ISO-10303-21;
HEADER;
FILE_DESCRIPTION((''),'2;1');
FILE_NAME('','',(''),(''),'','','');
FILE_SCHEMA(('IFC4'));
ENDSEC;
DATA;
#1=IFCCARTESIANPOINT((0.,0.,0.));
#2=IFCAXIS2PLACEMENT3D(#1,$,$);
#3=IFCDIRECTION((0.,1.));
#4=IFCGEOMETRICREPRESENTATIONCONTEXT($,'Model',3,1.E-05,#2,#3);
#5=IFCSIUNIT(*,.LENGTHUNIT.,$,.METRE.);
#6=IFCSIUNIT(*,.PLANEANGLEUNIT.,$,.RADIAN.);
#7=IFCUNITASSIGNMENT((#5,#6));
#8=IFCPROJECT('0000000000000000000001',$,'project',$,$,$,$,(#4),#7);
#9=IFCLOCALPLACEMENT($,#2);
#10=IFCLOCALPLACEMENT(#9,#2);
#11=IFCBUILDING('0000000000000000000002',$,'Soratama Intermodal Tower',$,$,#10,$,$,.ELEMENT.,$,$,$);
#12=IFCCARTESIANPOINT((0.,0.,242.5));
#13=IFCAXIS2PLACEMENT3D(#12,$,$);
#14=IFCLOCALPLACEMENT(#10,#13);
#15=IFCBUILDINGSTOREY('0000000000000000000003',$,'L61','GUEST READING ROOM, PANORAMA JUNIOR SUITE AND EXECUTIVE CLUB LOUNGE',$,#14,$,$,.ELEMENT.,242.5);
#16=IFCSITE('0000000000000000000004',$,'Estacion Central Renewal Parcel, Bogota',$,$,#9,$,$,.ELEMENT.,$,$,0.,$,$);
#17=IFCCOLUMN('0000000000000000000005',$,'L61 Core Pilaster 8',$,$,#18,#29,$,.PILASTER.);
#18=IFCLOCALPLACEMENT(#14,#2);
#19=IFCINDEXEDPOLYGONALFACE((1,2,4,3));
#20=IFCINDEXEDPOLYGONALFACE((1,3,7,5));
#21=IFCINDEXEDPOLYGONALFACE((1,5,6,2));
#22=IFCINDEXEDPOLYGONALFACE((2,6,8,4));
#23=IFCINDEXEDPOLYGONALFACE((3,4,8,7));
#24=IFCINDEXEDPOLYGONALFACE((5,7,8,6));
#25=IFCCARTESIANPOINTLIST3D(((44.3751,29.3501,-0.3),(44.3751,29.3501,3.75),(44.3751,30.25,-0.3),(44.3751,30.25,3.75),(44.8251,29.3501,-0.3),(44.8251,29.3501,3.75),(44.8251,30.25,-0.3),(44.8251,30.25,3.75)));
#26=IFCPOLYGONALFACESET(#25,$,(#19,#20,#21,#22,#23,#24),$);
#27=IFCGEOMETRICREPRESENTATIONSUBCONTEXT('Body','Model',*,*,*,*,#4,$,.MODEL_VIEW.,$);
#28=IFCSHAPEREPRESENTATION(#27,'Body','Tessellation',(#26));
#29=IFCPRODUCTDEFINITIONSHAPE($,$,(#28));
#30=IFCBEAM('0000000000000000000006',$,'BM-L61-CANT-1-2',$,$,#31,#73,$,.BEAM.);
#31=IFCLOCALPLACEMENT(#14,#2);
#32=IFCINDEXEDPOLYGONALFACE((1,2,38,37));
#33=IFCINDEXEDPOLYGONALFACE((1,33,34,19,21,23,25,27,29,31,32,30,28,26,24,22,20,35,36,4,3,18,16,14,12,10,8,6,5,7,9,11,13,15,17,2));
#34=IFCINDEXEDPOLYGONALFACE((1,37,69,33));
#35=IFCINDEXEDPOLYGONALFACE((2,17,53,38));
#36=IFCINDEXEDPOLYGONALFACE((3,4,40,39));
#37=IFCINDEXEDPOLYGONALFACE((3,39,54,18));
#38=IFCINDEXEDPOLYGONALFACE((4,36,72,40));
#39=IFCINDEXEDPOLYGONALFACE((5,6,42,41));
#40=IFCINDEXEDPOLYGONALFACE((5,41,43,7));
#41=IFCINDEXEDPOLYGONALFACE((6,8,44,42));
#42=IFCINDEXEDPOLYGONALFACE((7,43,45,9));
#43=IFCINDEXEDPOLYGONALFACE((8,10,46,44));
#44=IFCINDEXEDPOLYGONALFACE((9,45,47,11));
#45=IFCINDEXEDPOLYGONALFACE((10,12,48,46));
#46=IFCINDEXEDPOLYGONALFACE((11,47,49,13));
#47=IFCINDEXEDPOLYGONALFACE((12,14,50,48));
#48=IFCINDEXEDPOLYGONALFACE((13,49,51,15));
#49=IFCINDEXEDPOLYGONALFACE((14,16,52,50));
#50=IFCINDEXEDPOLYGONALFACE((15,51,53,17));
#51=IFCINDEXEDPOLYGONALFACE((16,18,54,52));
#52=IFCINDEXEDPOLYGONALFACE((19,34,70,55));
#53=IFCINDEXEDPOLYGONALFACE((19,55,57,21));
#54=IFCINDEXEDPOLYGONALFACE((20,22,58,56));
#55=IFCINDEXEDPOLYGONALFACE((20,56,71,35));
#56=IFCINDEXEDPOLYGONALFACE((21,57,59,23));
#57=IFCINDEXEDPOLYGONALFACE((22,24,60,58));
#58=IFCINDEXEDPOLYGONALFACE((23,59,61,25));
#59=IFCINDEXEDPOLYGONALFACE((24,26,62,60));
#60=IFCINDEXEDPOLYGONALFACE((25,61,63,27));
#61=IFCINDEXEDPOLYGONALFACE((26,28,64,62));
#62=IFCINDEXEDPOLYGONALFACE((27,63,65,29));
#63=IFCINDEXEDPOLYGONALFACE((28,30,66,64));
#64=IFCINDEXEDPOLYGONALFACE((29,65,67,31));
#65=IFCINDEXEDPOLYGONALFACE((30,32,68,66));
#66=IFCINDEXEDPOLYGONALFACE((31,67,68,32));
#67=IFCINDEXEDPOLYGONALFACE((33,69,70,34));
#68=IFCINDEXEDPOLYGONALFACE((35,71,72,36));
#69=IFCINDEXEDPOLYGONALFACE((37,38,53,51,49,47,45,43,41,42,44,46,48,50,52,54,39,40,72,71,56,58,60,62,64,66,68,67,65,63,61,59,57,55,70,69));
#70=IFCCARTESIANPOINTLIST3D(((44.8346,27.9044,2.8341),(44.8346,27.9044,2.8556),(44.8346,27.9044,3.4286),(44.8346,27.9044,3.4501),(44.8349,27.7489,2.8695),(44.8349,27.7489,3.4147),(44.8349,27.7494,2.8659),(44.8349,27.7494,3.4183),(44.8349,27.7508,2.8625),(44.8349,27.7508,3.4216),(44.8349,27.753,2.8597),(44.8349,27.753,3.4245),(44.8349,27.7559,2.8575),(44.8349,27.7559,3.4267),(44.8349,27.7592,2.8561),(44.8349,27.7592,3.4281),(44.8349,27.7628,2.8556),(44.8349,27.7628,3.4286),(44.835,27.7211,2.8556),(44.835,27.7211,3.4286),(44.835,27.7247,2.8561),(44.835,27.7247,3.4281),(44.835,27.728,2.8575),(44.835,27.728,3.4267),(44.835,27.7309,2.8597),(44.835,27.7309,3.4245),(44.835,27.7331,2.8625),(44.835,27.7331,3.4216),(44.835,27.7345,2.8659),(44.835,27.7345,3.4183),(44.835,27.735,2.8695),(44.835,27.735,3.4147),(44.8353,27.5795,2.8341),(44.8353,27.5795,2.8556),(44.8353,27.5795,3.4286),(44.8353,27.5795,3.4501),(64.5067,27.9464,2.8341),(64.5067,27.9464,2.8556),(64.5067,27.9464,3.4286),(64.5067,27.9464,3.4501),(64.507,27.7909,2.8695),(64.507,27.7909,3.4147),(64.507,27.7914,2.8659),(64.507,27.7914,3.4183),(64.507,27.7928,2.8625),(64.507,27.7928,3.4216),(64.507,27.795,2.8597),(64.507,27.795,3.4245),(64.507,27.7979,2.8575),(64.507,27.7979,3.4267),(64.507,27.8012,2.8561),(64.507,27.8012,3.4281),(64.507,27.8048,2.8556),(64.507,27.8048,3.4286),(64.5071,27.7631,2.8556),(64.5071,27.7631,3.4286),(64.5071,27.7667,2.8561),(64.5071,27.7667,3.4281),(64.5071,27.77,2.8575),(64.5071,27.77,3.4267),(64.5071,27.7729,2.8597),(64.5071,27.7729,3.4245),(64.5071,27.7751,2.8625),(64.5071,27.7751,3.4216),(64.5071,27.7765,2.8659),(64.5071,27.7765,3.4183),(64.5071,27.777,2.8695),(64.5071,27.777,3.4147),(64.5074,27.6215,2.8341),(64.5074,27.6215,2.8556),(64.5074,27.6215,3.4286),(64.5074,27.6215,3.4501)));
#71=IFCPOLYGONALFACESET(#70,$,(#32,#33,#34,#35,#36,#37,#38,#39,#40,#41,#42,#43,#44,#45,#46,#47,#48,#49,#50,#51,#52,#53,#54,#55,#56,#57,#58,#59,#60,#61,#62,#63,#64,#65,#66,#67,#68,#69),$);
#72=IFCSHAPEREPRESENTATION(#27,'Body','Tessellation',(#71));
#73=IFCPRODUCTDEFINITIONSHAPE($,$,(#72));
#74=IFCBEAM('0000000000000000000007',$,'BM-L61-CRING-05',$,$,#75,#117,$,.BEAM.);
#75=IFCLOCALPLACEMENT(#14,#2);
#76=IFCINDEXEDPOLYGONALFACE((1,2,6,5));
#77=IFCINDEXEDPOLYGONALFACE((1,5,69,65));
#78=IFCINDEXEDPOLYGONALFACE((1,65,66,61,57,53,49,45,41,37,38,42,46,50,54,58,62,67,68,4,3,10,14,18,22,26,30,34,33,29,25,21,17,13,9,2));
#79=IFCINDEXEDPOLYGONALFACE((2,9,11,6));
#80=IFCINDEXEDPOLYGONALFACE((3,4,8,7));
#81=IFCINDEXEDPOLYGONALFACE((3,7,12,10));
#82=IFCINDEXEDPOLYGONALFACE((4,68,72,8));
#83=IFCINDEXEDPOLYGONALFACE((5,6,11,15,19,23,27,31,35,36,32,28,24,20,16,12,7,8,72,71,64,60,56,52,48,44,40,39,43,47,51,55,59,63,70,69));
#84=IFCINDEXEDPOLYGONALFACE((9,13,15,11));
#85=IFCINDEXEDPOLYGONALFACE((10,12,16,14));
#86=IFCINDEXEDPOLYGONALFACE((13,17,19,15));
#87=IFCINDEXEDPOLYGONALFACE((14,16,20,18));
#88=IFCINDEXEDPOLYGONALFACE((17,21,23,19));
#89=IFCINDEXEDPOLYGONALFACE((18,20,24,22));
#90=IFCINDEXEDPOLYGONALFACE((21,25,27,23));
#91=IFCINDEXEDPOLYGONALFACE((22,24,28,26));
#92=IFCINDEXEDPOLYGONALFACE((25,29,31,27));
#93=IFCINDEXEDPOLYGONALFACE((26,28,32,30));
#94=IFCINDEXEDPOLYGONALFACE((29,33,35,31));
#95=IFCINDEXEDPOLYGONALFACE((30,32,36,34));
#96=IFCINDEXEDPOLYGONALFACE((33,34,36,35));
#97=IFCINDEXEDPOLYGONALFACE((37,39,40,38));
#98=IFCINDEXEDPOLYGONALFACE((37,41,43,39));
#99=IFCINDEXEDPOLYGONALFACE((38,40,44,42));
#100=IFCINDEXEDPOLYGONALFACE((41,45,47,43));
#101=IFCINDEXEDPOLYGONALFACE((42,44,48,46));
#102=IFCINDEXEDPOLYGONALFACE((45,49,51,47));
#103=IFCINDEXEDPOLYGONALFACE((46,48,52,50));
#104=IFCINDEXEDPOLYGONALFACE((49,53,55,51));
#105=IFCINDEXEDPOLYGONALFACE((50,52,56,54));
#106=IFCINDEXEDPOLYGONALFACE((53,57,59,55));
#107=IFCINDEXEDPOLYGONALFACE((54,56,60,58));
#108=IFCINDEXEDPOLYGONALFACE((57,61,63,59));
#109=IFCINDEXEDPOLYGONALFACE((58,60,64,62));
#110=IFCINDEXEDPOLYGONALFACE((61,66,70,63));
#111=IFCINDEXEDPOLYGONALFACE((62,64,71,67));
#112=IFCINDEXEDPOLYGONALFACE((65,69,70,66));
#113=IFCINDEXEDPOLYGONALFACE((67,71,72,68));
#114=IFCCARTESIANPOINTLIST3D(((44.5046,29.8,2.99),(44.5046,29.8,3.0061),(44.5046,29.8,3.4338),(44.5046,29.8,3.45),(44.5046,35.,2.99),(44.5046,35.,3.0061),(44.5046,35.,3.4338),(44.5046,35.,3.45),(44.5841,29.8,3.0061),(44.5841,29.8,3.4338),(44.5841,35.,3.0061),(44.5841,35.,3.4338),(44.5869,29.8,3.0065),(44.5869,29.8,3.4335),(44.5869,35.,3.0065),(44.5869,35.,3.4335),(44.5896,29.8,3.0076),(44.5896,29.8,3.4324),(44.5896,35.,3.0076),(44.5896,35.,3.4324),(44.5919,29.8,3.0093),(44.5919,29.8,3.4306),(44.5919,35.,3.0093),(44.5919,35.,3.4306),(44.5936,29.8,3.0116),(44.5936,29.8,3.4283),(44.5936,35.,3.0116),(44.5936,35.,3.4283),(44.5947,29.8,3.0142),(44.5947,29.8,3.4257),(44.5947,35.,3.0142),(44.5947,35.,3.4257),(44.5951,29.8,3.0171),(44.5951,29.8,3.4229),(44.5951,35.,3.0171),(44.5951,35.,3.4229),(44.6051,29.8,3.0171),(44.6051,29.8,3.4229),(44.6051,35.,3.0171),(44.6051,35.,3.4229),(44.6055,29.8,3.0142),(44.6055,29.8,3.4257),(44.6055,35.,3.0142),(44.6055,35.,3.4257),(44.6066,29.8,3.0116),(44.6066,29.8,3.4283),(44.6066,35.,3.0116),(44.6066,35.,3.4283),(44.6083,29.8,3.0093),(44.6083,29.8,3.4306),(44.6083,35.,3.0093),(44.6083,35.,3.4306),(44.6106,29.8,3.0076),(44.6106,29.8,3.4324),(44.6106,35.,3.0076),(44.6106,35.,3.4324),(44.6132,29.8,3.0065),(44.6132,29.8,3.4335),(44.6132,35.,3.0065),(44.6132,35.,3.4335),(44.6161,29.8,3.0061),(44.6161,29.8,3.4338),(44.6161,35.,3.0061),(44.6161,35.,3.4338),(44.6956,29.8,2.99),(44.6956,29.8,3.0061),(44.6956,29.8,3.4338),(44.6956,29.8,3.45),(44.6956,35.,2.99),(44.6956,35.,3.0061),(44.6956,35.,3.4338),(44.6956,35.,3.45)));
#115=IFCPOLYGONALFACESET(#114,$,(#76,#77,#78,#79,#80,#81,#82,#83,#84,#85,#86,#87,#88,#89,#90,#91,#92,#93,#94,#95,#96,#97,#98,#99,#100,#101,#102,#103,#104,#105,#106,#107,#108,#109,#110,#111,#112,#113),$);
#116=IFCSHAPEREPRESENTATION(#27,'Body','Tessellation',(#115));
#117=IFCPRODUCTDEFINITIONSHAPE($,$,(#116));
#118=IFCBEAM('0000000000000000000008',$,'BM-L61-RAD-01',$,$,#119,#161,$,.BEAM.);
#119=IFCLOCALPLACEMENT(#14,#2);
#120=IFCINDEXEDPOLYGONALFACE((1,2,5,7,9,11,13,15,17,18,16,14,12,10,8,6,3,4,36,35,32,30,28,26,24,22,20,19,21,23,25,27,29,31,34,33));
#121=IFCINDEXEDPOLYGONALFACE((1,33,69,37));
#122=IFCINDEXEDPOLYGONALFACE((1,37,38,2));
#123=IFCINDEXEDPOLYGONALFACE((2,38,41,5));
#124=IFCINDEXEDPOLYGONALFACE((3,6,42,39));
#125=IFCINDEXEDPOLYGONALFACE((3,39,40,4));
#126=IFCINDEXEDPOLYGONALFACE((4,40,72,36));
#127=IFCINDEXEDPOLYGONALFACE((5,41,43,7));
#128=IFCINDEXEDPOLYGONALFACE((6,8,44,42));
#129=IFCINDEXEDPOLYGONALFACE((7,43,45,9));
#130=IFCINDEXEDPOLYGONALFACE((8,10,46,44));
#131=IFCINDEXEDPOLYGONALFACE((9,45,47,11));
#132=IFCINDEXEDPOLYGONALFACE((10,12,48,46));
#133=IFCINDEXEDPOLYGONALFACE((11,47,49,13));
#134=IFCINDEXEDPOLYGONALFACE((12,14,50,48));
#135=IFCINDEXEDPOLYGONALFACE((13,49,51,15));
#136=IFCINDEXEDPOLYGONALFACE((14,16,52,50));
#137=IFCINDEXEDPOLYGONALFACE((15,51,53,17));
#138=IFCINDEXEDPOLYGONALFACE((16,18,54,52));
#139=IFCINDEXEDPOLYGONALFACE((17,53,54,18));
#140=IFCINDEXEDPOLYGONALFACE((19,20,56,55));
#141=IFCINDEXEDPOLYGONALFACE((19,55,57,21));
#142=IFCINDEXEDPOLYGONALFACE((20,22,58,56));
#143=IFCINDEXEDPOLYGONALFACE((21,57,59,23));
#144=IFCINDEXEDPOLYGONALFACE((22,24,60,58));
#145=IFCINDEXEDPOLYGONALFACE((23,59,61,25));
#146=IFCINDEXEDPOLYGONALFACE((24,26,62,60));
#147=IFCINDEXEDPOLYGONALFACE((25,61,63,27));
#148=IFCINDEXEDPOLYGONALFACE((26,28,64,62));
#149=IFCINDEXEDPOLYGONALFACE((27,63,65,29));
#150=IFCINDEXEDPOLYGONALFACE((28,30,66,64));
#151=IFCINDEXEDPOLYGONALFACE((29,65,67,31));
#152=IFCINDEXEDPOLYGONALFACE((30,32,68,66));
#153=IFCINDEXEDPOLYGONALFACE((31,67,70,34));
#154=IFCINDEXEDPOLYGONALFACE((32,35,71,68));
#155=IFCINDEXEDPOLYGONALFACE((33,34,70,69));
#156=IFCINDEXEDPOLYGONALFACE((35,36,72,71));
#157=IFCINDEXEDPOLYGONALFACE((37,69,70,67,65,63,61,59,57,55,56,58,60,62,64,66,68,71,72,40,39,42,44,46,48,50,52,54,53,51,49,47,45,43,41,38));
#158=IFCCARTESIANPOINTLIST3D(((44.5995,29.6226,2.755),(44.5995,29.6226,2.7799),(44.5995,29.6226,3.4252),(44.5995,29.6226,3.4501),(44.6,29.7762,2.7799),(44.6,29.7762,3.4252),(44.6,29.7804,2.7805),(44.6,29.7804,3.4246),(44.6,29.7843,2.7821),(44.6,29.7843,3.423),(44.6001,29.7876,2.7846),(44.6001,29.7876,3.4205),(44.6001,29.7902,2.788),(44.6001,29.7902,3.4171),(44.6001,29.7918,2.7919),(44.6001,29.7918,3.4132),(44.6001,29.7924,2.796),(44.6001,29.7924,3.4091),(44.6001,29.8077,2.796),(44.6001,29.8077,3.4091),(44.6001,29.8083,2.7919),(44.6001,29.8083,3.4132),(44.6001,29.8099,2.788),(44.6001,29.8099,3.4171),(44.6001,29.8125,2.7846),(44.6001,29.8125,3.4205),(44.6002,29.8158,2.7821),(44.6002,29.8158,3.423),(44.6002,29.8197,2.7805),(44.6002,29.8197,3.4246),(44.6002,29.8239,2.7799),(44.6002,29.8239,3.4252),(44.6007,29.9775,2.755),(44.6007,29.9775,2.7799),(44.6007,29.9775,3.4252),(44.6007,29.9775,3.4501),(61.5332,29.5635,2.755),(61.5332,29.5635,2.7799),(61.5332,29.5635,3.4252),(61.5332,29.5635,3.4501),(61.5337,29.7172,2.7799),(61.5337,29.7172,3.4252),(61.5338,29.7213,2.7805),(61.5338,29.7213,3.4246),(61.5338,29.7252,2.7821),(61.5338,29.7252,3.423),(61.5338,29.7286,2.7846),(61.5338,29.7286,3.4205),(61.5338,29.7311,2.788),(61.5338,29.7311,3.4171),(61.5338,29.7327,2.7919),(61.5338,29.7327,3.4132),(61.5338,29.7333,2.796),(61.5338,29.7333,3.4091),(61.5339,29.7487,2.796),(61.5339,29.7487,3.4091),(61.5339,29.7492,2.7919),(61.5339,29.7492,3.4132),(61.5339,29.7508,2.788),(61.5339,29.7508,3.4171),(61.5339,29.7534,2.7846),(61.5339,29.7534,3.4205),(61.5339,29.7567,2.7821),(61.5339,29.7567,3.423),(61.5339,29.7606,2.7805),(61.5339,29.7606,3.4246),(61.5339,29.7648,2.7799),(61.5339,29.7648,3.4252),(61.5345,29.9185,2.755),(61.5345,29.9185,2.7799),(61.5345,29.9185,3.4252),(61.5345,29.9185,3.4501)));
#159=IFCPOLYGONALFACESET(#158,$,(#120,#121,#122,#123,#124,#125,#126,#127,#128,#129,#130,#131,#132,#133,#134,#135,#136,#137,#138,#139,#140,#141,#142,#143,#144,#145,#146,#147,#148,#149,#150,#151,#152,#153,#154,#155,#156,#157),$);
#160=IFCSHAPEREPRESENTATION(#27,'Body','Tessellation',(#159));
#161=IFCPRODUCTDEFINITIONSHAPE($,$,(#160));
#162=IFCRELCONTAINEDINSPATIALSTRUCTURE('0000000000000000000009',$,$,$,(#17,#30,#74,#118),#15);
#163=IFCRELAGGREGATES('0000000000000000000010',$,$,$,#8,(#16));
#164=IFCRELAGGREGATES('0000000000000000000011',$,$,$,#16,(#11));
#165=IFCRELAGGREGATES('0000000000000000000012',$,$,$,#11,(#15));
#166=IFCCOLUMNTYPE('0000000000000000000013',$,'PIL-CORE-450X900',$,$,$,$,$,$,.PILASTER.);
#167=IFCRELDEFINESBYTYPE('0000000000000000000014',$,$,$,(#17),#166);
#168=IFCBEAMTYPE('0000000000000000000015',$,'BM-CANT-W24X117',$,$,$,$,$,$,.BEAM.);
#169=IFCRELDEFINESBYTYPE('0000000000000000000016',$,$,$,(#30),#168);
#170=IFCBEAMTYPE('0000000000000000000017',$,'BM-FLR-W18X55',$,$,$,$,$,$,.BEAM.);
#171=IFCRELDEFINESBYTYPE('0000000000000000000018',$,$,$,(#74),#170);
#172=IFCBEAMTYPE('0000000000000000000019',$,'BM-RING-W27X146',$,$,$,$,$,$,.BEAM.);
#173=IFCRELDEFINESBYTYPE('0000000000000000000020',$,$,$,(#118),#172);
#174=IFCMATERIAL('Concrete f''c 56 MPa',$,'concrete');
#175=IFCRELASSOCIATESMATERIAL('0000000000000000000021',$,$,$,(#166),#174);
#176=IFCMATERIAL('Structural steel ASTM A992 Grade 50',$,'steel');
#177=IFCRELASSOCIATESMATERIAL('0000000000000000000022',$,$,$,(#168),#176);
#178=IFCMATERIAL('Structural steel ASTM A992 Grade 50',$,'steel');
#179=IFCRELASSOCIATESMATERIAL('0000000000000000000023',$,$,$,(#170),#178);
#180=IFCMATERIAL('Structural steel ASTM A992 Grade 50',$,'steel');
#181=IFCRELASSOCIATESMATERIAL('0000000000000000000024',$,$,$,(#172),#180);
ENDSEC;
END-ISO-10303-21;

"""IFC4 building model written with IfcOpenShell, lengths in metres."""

from ifc_helpers import new_model, si_unit, direction, frame, origin, origin_2d, place, context, subcontext, project, spatial, rectangle, i_section, extrude, material, material_profile, profile_set, type_object, element, save


model = new_model("IFC4")

# Units and contexts
model_context = context("Model", 3, precision=1e-05, world=origin(), true_north=direction((0.0, 1.0)))
body_context = subcontext(model_context, "Body", "Model", "MODEL_VIEW")
ifc_project = project(units=[si_unit("LENGTHUNIT", "METRE"), si_unit("PLANEANGLEUNIT", "RADIAN")], contexts=[model_context])

# Site, building, storey
site_placement = place(None, origin())
site = spatial("IfcSite", under=ifc_project, at=site_placement, Name="Estacion Central Renewal Parcel, Bogota", CompositionType="ELEMENT", RefElevation=0.0)
building_placement = place(site_placement, origin())
building = spatial("IfcBuilding", under=site, at=building_placement, Name="Soratama Intermodal Tower", CompositionType="ELEMENT")
storey_placement = place(building_placement, frame((0.0, 0.0, 242.5)))
storey = spatial("IfcBuildingStorey", under=building, at=storey_placement, Name="L61", Description="GUEST READING ROOM, PANORAMA JUNIOR SUITE AND EXECUTIVE CLUB LOUNGE", CompositionType="ELEMENT", Elevation=242.5)

# Column
ifc_material_1 = material(Name="Concrete f'c 56 MPa", Category="concrete")
ifc_material_profile_1 = material_profile(ifc_material_1, rectangle(XDim=0.45, YDim=0.8999, at=origin_2d()), Name="RC450X900")
ifc_profile_set_1 = profile_set([ifc_material_profile_1], Name="Concrete f'c 56 MPa")
column_type = type_object("IfcColumnType", Name="PIL-CORE-450X900", PredefinedType="PILASTER", material=ifc_profile_set_1)
column_placement = place(storey_placement, frame((44.6001, 29.8, -0.3), z_axis=(0.0, 0.0, 1.0), x_axis=(1.0, 0.0, 0.0)))
element("IfcColumn", 1, at=column_placement, inside=storey, type_object=column_type, Name="L61 Core Pilaster 8", PredefinedType="PILASTER", context=body_context, shape_type="SweptSolid", body=[
    extrude(rectangle(XDim=0.45, YDim=0.8999, at=origin_2d()), origin(), (0.0, 0.0, 1.0), 4.05),
])

# Beams
ifc_material_2 = material(Name="Structural steel ASTM A992 Grade 50", Category="steel")
ifc_material_profile_2 = material_profile(ifc_material_2, i_section(OverallWidth=0.325, OverallDepth=0.616, WebThickness=0.0139, FlangeThickness=0.0215, FilletRadius=0.0139, at=origin_2d()), Name="W24X117")
ifc_profile_set_2 = profile_set([ifc_material_profile_2], Name="Structural steel ASTM A992 Grade 50")
beam_type_1 = type_object("IfcBeamType", Name="BM-CANT-W24X117", PredefinedType="BEAM", material=ifc_profile_set_2)
beam_1_placement = place(storey_placement, frame((44.835, 27.7419, 3.1421), z_axis=(0.999998, 0.002135, 0.0), x_axis=(-0.002135, 0.999998, 0.0)))
element("IfcBeam", 2, at=beam_1_placement, inside=storey, type_object=beam_type_1, Name="BM-L61-CANT-1-2", PredefinedType="BEAM", context=body_context, shape_type="SweptSolid", body=[
    extrude(i_section(OverallWidth=0.325, OverallDepth=0.616, WebThickness=0.0139, FlangeThickness=0.0215, FilletRadius=0.0139, at=origin_2d()), origin(), (0.0, 0.0, 1.0), 19.6721),
])
ifc_material_3 = material(Name="Structural steel ASTM A992 Grade 50", Category="steel")
ifc_material_profile_3 = material_profile(ifc_material_3, i_section(OverallWidth=0.1909, OverallDepth=0.46, WebThickness=0.01, FlangeThickness=0.0161, FilletRadius=0.011, at=origin_2d()), Name="W18X55")
ifc_profile_set_3 = profile_set([ifc_material_profile_3], Name="Structural steel ASTM A992 Grade 50")
beam_type_2 = type_object("IfcBeamType", Name="BM-FLR-W18X55", PredefinedType="BEAM", material=ifc_profile_set_3)
beam_2_placement = place(storey_placement, frame((44.6001, 29.8, 3.22), z_axis=(0.0, 1.0, 0.0), x_axis=(-1.0, 0.0, 0.0)))
element("IfcBeam", 3, at=beam_2_placement, inside=storey, type_object=beam_type_2, Name="BM-L61-CRING-05", PredefinedType="BEAM", context=body_context, shape_type="SweptSolid", body=[
    extrude(i_section(OverallWidth=0.1909, OverallDepth=0.46, WebThickness=0.01, FlangeThickness=0.0161, FilletRadius=0.011, at=origin_2d()), origin(), (0.0, 0.0, 1.0), 5.2),
])
ifc_material_4 = material(Name="Structural steel ASTM A992 Grade 50", Category="steel")
ifc_material_profile_4 = material_profile(ifc_material_4, i_section(OverallWidth=0.355, OverallDepth=0.6951, WebThickness=0.0154, FlangeThickness=0.0249, FilletRadius=0.0161, at=origin_2d()), Name="W27X146")
ifc_profile_set_4 = profile_set([ifc_material_profile_4], Name="Structural steel ASTM A992 Grade 50")
beam_type_3 = type_object("IfcBeamType", Name="BM-RING-W27X146", PredefinedType="BEAM", material=ifc_profile_set_4)
beam_3_placement = place(storey_placement, frame((44.6001, 29.8, 3.1025), z_axis=(0.999994, -0.003489, 0.0), x_axis=(0.003489, 0.999994, 0.0)))
element("IfcBeam", 4, at=beam_3_placement, inside=storey, type_object=beam_type_3, Name="BM-L61-RAD-01", PredefinedType="BEAM", context=body_context, shape_type="SweptSolid", body=[
    extrude(i_section(OverallWidth=0.355, OverallDepth=0.6951, WebThickness=0.0154, FlangeThickness=0.0249, FilletRadius=0.0161, at=origin_2d()), origin(), (0.0, 0.0, 1.0), 16.9338),
])

save(model, "model.ifc")
